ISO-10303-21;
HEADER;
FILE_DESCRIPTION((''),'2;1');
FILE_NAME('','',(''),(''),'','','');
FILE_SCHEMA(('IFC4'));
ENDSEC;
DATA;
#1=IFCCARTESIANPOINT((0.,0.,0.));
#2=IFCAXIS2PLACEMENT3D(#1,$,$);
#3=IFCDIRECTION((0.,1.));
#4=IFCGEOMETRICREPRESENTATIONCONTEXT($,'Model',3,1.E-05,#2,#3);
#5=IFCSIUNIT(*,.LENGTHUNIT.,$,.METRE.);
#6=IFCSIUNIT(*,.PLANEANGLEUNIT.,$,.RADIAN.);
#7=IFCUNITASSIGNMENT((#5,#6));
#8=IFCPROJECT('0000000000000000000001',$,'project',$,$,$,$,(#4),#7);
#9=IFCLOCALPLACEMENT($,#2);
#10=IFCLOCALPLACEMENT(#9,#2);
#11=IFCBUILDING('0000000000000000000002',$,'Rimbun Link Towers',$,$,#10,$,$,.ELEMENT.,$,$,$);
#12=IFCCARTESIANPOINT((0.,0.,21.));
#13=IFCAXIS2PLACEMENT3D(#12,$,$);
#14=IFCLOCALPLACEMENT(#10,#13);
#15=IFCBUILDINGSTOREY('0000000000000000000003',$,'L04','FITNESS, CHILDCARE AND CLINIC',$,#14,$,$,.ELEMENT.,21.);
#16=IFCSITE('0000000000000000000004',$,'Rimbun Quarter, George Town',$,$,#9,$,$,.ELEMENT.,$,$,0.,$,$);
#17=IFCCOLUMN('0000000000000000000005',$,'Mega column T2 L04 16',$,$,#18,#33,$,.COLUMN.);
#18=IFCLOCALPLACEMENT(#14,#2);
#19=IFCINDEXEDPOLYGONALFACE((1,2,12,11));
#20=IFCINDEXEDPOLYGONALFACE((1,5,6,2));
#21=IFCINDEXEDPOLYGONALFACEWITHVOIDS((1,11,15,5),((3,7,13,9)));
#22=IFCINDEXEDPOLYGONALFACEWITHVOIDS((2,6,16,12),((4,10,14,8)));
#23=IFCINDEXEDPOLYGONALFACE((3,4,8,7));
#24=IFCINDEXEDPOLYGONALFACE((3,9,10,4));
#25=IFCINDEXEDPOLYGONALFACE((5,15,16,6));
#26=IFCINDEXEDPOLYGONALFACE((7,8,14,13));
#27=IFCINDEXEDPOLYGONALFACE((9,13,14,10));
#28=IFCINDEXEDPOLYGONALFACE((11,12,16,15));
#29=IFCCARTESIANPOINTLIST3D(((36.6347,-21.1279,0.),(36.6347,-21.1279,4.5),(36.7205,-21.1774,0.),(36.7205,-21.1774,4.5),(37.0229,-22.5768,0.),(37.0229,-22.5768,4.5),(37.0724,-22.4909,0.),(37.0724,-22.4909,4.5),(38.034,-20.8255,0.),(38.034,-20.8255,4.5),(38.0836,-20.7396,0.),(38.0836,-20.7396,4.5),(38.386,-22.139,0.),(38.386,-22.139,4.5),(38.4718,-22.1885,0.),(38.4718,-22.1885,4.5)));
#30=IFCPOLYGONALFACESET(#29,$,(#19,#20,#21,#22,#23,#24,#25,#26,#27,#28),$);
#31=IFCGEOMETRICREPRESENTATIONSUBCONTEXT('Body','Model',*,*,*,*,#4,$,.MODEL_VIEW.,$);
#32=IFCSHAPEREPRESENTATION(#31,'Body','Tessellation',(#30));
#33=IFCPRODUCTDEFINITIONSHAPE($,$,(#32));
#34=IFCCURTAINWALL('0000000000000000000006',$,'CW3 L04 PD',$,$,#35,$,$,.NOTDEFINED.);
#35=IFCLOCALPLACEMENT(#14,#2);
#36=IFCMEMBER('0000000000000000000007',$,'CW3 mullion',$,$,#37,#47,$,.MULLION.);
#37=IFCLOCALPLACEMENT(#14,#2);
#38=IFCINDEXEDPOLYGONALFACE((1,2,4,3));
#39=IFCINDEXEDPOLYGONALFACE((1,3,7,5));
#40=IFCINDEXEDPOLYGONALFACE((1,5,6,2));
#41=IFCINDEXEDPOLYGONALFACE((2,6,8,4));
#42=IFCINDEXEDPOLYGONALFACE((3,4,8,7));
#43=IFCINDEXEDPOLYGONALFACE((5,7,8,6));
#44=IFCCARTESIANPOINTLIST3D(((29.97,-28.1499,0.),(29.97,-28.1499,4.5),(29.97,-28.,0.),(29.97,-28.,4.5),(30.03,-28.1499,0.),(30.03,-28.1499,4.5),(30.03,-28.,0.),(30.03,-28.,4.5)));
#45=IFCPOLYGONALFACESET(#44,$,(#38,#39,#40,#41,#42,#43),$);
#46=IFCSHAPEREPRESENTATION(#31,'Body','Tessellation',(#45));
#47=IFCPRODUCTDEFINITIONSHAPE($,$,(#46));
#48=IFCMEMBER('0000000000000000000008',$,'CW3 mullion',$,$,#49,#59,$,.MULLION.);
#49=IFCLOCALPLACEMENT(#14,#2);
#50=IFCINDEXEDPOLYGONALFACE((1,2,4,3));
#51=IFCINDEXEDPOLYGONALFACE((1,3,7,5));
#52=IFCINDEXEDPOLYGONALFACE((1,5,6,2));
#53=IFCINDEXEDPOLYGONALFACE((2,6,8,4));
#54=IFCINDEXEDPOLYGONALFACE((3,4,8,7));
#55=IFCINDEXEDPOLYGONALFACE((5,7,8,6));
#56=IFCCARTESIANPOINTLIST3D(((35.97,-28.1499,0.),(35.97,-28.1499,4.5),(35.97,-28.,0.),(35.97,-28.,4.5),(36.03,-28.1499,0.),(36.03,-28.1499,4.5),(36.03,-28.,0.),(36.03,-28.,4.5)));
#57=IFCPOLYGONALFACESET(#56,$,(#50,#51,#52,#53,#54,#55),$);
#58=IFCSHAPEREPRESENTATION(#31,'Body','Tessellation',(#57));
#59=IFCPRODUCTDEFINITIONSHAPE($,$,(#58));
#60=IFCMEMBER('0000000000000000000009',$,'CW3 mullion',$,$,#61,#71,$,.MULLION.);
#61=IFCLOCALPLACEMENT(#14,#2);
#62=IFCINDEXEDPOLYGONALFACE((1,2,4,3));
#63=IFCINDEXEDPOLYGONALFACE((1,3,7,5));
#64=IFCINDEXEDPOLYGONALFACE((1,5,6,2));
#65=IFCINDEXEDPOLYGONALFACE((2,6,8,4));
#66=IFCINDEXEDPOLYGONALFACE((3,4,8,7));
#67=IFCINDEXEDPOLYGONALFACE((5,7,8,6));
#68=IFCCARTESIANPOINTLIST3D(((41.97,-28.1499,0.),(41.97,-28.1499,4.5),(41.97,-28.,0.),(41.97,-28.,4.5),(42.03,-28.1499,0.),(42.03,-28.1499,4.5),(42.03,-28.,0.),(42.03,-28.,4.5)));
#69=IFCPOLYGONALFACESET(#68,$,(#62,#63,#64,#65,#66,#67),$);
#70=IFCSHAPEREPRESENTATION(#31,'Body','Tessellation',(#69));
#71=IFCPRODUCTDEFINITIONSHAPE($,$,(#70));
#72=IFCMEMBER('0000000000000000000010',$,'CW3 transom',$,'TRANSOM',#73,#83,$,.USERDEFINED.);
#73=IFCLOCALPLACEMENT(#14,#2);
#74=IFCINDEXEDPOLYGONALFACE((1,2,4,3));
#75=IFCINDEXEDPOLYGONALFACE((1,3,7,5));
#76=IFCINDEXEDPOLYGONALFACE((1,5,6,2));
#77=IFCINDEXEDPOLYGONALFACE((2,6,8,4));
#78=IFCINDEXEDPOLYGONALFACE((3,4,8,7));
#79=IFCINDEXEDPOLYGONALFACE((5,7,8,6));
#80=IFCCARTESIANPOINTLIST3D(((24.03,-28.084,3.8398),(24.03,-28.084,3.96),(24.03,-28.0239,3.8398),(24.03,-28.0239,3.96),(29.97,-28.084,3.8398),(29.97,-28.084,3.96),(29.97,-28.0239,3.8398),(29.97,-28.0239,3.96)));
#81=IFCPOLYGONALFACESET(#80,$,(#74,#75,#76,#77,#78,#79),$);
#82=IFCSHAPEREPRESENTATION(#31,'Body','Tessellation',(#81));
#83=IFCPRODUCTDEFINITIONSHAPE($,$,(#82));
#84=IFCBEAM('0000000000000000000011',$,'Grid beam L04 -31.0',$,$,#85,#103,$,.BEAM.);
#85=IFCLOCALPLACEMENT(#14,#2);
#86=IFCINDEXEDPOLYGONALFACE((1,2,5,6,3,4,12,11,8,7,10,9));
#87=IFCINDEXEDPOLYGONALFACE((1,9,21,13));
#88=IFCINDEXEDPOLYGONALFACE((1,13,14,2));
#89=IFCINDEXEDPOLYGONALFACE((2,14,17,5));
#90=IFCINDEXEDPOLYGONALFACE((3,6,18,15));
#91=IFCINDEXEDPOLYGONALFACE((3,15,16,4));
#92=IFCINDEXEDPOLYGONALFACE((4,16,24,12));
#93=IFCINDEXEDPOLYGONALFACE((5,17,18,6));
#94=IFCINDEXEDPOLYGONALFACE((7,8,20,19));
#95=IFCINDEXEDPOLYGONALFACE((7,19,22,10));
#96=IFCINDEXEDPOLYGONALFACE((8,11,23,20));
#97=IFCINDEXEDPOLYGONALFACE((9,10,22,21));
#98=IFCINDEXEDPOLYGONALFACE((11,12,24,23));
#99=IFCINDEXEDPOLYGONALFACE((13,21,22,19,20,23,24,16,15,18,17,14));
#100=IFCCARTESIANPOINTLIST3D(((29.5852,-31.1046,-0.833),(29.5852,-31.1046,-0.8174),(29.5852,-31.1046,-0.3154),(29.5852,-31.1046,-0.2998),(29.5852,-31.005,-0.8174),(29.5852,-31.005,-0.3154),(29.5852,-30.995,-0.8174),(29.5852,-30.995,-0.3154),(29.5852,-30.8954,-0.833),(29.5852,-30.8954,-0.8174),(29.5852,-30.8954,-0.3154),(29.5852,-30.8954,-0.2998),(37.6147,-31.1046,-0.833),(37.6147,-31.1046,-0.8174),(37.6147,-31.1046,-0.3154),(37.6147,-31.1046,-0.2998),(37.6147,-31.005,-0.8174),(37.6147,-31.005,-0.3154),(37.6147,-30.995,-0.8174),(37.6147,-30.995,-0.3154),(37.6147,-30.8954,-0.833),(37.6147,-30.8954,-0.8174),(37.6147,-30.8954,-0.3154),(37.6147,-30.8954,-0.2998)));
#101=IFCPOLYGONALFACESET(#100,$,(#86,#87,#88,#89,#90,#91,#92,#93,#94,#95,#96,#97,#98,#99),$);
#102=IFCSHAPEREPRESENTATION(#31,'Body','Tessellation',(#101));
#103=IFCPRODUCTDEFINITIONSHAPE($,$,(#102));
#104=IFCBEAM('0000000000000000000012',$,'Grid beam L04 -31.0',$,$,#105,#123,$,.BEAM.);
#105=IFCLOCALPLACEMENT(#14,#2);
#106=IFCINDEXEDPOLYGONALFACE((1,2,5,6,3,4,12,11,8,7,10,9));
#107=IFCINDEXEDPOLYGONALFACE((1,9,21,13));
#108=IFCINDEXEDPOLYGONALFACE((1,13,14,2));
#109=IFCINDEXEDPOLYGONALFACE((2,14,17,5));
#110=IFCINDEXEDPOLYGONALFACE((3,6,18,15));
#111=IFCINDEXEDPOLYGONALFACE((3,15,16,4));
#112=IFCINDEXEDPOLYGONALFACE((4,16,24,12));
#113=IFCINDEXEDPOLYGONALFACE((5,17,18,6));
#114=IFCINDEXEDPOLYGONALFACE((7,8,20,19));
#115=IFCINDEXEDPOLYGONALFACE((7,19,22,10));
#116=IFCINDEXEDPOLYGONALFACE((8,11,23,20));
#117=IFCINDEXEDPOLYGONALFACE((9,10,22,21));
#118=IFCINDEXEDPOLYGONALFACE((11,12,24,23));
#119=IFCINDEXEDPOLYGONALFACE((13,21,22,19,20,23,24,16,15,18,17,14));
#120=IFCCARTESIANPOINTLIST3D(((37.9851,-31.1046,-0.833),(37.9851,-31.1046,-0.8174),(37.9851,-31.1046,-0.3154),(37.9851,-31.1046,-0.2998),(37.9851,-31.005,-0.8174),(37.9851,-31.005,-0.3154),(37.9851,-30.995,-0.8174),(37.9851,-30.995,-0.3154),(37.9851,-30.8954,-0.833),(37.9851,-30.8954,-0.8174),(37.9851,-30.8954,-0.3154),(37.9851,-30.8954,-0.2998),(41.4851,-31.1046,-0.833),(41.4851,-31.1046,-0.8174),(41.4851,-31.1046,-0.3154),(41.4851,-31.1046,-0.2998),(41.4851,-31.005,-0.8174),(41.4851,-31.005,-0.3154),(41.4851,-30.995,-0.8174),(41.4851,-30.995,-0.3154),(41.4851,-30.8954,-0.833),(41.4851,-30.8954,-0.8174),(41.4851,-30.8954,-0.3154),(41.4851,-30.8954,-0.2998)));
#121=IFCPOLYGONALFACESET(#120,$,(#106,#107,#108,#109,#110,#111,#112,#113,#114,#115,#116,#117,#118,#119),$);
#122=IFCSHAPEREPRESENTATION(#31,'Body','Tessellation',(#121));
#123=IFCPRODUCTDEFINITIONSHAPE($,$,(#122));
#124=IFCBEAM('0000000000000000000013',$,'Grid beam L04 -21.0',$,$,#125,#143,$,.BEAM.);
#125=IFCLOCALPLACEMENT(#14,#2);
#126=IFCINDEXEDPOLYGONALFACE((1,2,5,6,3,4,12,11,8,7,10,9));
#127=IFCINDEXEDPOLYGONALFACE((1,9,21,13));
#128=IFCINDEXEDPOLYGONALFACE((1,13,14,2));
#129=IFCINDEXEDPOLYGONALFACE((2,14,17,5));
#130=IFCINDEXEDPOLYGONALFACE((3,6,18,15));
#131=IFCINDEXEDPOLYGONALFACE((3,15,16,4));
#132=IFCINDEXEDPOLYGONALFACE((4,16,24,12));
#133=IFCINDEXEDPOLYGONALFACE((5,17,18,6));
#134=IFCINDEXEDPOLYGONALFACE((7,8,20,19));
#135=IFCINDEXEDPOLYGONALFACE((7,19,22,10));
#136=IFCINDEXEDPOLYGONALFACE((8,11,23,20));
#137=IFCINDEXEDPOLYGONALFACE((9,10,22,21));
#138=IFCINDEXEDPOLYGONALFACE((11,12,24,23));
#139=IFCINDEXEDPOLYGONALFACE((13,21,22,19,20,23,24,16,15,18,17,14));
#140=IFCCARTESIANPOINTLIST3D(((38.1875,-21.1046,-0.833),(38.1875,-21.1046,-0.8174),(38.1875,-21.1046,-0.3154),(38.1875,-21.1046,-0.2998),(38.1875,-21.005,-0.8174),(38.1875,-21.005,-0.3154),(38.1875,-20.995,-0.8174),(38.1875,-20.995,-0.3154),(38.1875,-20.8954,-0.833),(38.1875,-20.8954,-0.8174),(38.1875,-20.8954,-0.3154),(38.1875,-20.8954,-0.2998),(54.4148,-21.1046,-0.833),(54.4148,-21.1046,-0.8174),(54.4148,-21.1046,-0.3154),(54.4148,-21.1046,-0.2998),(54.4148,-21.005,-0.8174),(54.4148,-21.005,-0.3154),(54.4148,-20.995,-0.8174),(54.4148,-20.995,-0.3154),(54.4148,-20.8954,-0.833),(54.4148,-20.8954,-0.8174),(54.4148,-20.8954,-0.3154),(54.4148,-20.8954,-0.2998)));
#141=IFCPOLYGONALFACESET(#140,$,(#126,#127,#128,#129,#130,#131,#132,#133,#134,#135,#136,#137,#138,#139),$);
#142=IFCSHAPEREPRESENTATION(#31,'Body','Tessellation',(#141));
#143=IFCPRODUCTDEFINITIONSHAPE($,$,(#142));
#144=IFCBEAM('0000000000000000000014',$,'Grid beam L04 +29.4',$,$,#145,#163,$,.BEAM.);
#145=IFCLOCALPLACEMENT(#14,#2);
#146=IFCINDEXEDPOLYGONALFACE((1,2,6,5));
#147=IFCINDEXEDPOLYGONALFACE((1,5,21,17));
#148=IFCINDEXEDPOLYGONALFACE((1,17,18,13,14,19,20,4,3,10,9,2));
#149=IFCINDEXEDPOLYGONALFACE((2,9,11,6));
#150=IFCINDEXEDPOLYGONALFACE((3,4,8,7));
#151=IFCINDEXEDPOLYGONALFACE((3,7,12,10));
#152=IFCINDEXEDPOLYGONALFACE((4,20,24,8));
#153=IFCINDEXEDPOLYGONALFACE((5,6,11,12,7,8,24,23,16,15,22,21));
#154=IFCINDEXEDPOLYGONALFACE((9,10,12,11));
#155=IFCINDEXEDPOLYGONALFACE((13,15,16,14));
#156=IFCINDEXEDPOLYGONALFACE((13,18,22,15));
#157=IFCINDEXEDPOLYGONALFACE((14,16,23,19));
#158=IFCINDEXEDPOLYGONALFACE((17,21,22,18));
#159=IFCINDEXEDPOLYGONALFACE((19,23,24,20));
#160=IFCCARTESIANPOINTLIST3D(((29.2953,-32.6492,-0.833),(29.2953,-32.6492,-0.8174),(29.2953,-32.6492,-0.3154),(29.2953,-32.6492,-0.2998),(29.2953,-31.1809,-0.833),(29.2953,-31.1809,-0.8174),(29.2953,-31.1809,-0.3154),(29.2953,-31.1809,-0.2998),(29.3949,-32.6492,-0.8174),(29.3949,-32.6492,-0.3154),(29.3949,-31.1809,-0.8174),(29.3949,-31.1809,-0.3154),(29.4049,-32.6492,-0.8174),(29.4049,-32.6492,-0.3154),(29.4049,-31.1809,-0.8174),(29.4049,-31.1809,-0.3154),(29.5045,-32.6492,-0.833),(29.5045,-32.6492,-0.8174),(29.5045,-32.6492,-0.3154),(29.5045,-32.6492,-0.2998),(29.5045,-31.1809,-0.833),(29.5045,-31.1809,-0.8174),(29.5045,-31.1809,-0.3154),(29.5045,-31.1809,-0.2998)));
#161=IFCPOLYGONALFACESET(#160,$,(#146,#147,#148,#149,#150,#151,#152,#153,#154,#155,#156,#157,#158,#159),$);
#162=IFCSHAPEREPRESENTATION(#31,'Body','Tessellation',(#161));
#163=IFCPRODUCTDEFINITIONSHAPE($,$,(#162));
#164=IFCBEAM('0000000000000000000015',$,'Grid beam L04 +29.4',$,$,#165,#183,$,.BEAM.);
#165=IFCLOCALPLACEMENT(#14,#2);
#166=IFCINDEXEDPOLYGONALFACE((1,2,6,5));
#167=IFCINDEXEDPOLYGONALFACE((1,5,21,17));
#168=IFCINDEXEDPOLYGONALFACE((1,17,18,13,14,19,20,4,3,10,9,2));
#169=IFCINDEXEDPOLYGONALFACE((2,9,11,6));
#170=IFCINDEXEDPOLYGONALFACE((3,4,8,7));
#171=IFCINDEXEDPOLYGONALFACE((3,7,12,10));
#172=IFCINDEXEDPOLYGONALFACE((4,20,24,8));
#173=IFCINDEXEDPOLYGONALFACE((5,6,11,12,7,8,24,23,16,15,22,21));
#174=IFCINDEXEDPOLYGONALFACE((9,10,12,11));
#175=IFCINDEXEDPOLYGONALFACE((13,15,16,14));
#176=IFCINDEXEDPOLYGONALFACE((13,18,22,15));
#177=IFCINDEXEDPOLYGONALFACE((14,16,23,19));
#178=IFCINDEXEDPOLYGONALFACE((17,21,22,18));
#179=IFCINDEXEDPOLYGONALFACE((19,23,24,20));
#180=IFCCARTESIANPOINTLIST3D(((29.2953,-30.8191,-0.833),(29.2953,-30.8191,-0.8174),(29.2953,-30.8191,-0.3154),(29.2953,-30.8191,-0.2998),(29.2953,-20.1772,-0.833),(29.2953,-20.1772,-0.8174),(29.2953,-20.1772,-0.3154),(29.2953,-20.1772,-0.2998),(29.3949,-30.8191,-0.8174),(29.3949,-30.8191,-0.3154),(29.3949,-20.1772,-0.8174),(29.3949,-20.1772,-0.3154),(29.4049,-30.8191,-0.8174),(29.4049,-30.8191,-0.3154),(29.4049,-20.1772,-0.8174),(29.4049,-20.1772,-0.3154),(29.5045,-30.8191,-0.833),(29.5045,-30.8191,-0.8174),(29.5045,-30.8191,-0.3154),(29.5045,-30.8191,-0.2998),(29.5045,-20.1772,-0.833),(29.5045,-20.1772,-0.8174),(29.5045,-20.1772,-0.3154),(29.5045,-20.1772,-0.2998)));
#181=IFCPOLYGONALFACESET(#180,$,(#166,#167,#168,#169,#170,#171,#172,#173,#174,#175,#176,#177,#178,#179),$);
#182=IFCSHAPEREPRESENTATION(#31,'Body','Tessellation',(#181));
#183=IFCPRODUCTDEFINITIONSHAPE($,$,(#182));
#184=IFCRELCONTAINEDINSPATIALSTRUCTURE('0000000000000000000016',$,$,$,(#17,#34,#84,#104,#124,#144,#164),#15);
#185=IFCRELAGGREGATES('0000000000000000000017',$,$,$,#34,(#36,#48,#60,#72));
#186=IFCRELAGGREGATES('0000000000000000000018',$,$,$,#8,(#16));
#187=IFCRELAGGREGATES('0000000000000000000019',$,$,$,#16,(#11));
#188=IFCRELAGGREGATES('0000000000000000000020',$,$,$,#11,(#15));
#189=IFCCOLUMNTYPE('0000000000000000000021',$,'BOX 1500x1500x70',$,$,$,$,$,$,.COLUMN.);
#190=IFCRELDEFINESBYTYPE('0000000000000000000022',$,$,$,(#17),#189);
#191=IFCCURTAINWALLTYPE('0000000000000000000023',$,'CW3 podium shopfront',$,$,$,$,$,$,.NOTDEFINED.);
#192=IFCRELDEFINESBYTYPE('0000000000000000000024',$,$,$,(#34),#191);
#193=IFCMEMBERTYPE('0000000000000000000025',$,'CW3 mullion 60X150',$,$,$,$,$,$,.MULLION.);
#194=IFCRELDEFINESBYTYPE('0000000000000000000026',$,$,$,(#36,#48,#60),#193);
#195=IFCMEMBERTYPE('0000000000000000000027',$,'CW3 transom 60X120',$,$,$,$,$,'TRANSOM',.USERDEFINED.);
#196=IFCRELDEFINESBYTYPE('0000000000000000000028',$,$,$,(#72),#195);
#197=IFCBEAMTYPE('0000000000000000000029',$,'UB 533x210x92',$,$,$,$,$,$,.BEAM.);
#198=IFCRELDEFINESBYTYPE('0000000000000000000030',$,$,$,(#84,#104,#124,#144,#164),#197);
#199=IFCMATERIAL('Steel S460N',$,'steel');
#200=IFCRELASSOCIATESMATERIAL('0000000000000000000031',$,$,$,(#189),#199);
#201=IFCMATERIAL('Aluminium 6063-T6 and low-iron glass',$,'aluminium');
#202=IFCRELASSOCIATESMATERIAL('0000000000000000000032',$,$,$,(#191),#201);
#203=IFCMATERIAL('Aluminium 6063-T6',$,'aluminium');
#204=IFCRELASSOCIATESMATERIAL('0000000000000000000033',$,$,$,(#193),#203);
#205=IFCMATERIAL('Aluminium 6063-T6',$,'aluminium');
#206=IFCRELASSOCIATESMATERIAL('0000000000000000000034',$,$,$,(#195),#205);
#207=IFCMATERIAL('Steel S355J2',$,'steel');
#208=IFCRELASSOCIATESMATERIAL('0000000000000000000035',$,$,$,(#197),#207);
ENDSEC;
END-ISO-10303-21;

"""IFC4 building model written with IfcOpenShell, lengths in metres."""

from ifc_helpers import new_model, si_unit, direction, frame, origin, origin_2d, place, context, subcontext, project, spatial, rectangle, hollow_rectangle, i_section, extrude, material, material_profile, profile_set, type_object, element, aggregate, save


model = new_model("IFC4")

# Units and contexts
model_context = context("Model", 3, precision=1e-05, world=origin(), true_north=direction((0.0, 1.0)))
body_context = subcontext(model_context, "Body", "Model", "MODEL_VIEW")
ifc_project = project(units=[si_unit("LENGTHUNIT", "METRE"), si_unit("PLANEANGLEUNIT", "RADIAN")], contexts=[model_context])

# Site, building, storey
site_placement = place(None, origin())
site = spatial("IfcSite", under=ifc_project, at=site_placement, Name="Rimbun Quarter, George Town", CompositionType="ELEMENT", RefElevation=0.0)
building_placement = place(site_placement, origin())
building = spatial("IfcBuilding", under=site, at=building_placement, Name="Rimbun Link Towers", CompositionType="ELEMENT")
storey_placement = place(building_placement, frame((0.0, 0.0, 21.0)))
storey = spatial("IfcBuildingStorey", under=building, at=storey_placement, Name="L04", Description="FITNESS, CHILDCARE AND CLINIC", CompositionType="ELEMENT", Elevation=21.0)

# Column
ifc_material_1 = material(Name="Steel S460N", Category="steel")
ifc_material_profile_1 = material_profile(ifc_material_1, hollow_rectangle(XDim=1.5, YDim=1.5, WallThickness=0.0701, at=origin_2d()), Name="BOX 1500x1500x70")
ifc_profile_set_1 = profile_set([ifc_material_profile_1], Name="Steel S460N")
column_type = type_object("IfcColumnType", Name="BOX 1500x1500x70", PredefinedType="COLUMN", material=ifc_profile_set_1)
column_placement = place(storey_placement, frame((37.5532, -21.6582, 0.0), z_axis=(0.0, 0.0, 1.0), x_axis=(0.258819, -0.965926, 0.0)))
element("IfcColumn", 1, at=column_placement, inside=storey, type_object=column_type, Name="Mega column T2 L04 16", PredefinedType="COLUMN", context=body_context, shape_type="SweptSolid", body=[
    extrude(hollow_rectangle(XDim=1.5, YDim=1.5, WallThickness=0.0701, at=origin_2d()), origin(), (0.0, 0.0, 1.0), 4.5),
])

# Curtain wall, members
ifc_material_2 = material(Name="Aluminium 6063-T6 and low-iron glass", Category="aluminium")
curtain_wall_type = type_object("IfcCurtainWallType", Name="CW3 podium shopfront", PredefinedType="NOTDEFINED", material=ifc_material_2)
curtain_wall_placement = place(storey_placement, origin())
curtain_wall = element("IfcCurtainWall", 2, at=curtain_wall_placement, inside=storey, type_object=curtain_wall_type, Name="CW3 L04 PD", PredefinedType="NOTDEFINED")
ifc_material_3 = material(Name="Aluminium 6063-T6", Category="aluminium")
ifc_material_profile_2 = material_profile(ifc_material_3, rectangle(XDim=0.1499, YDim=0.0601, at=origin_2d()), Name="MULLION 60X150")
ifc_profile_set_2 = profile_set([ifc_material_profile_2], Name="Aluminium 6063-T6")
member_type_1 = type_object("IfcMemberType", Name="CW3 mullion 60X150", PredefinedType="MULLION", material=ifc_profile_set_2)
member_1_placement = place(storey_placement, frame((30.0, -28.075, 0.0), z_axis=(0.0, 0.0, 1.0), x_axis=(0.0, -1.0, 0.0)))
member_1 = element("IfcMember", 3, at=member_1_placement, type_object=member_type_1, Name="CW3 mullion", PredefinedType="MULLION", context=body_context, shape_type="SweptSolid", body=[
    extrude(rectangle(XDim=0.1499, YDim=0.0601, at=origin_2d()), origin(), (0.0, 0.0, 1.0), 4.5),
])
member_2_placement = place(storey_placement, frame((36.0, -28.075, 0.0), z_axis=(0.0, 0.0, 1.0), x_axis=(0.0, -1.0, 0.0)))
member_2 = element("IfcMember", 4, at=member_2_placement, type_object=member_type_1, Name="CW3 mullion", PredefinedType="MULLION", context=body_context, shape_type="SweptSolid", body=[
    extrude(rectangle(XDim=0.1499, YDim=0.0601, at=origin_2d()), origin(), (0.0, 0.0, 1.0), 4.5),
])
member_3_placement = place(storey_placement, frame((42.0, -28.075, 0.0), z_axis=(0.0, 0.0, 1.0), x_axis=(0.0, -1.0, 0.0)))
member_3 = element("IfcMember", 5, at=member_3_placement, type_object=member_type_1, Name="CW3 mullion", PredefinedType="MULLION", context=body_context, shape_type="SweptSolid", body=[
    extrude(rectangle(XDim=0.1499, YDim=0.0601, at=origin_2d()), origin(), (0.0, 0.0, 1.0), 4.5),
])
ifc_material_4 = material(Name="Aluminium 6063-T6", Category="aluminium")
ifc_material_profile_3 = material_profile(ifc_material_4, rectangle(XDim=0.0601, YDim=0.1201, at=origin_2d()), Name="TRANSOM 60X120")
ifc_profile_set_3 = profile_set([ifc_material_profile_3], Name="Aluminium 6063-T6")
member_type_2 = type_object("IfcMemberType", Name="CW3 transom 60X120", ElementType="TRANSOM", PredefinedType="USERDEFINED", material=ifc_profile_set_3)
member_4_placement = place(storey_placement, frame((29.97, -28.054, 3.8999), z_axis=(-1.0, 0.0, 0.0), x_axis=(0.0, -1.0, 0.0)))
member_4 = element("IfcMember", 6, at=member_4_placement, type_object=member_type_2, Name="CW3 transom", ObjectType="TRANSOM", PredefinedType="USERDEFINED", context=body_context, shape_type="SweptSolid", body=[
    extrude(rectangle(XDim=0.0601, YDim=0.1201, at=origin_2d()), origin(), (0.0, 0.0, 1.0), 5.9399),
])

# Beams
ifc_material_5 = material(Name="Steel S355J2", Category="steel")
ifc_material_profile_4 = material_profile(ifc_material_5, i_section(OverallWidth=0.2092, OverallDepth=0.5332, WebThickness=0.01, FlangeThickness=0.0156, at=origin_2d()), Name="UB 533x210x92")
ifc_profile_set_4 = profile_set([ifc_material_profile_4], Name="Steel S355J2")
beam_type_1 = type_object("IfcBeamType", Name="UB 533x210x92", PredefinedType="BEAM", material=ifc_profile_set_4)
beam_1_placement = place(storey_placement, frame((29.5852, -31.0, -0.5664), z_axis=(1.0, 0.0, 0.0), x_axis=(0.0, 1.0, 0.0)))
element("IfcBeam", 7, at=beam_1_placement, inside=storey, type_object=beam_type_1, Name="Grid beam L04 -31.0", PredefinedType="BEAM", context=body_context, shape_type="SweptSolid", body=[
    extrude(i_section(OverallWidth=0.2092, OverallDepth=0.5332, WebThickness=0.01, FlangeThickness=0.0156, at=origin_2d()), origin(), (0.0, 0.0, 1.0), 8.0295),
])
beam_2_placement = place(storey_placement, frame((37.9851, -31.0, -0.5664), z_axis=(1.0, 0.0, 0.0), x_axis=(0.0, 1.0, 0.0)))
element("IfcBeam", 8, at=beam_2_placement, inside=storey, type_object=beam_type_1, Name="Grid beam L04 -31.0", PredefinedType="BEAM", context=body_context, shape_type="SweptSolid", body=[
    extrude(i_section(OverallWidth=0.2092, OverallDepth=0.5332, WebThickness=0.01, FlangeThickness=0.0156, at=origin_2d()), origin(), (0.0, 0.0, 1.0), 3.5),
])
beam_3_placement = place(storey_placement, frame((38.1875, -21.0, -0.5664), z_axis=(1.0, 0.0, 0.0), x_axis=(0.0, 1.0, 0.0)))
element("IfcBeam", 9, at=beam_3_placement, inside=storey, type_object=beam_type_1, Name="Grid beam L04 -21.0", PredefinedType="BEAM", context=body_context, shape_type="SweptSolid", body=[
    extrude(i_section(OverallWidth=0.2092, OverallDepth=0.5332, WebThickness=0.01, FlangeThickness=0.0156, at=origin_2d()), origin(), (0.0, 0.0, 1.0), 16.2273),
])
beam_4_placement = place(storey_placement, frame((29.3999, -32.6492, -0.5664), z_axis=(0.0, 1.0, 0.0), x_axis=(-1.0, 0.0, 0.0)))
element("IfcBeam", 10, at=beam_4_placement, inside=storey, type_object=beam_type_1, Name="Grid beam L04 +29.4", PredefinedType="BEAM", context=body_context, shape_type="SweptSolid", body=[
    extrude(i_section(OverallWidth=0.2092, OverallDepth=0.5332, WebThickness=0.01, FlangeThickness=0.0156, at=origin_2d()), origin(), (0.0, 0.0, 1.0), 1.4683),
])
beam_5_placement = place(storey_placement, frame((29.3999, -30.8191, -0.5664), z_axis=(0.0, 1.0, 0.0), x_axis=(-1.0, 0.0, 0.0)))
element("IfcBeam", 11, at=beam_5_placement, inside=storey, type_object=beam_type_1, Name="Grid beam L04 +29.4", PredefinedType="BEAM", context=body_context, shape_type="SweptSolid", body=[
    extrude(i_section(OverallWidth=0.2092, OverallDepth=0.5332, WebThickness=0.01, FlangeThickness=0.0156, at=origin_2d()), origin(), (0.0, 0.0, 1.0), 10.6418),
])

aggregate(curtain_wall, [member_1, member_2, member_3, member_4])

save(model, "model.ifc")
